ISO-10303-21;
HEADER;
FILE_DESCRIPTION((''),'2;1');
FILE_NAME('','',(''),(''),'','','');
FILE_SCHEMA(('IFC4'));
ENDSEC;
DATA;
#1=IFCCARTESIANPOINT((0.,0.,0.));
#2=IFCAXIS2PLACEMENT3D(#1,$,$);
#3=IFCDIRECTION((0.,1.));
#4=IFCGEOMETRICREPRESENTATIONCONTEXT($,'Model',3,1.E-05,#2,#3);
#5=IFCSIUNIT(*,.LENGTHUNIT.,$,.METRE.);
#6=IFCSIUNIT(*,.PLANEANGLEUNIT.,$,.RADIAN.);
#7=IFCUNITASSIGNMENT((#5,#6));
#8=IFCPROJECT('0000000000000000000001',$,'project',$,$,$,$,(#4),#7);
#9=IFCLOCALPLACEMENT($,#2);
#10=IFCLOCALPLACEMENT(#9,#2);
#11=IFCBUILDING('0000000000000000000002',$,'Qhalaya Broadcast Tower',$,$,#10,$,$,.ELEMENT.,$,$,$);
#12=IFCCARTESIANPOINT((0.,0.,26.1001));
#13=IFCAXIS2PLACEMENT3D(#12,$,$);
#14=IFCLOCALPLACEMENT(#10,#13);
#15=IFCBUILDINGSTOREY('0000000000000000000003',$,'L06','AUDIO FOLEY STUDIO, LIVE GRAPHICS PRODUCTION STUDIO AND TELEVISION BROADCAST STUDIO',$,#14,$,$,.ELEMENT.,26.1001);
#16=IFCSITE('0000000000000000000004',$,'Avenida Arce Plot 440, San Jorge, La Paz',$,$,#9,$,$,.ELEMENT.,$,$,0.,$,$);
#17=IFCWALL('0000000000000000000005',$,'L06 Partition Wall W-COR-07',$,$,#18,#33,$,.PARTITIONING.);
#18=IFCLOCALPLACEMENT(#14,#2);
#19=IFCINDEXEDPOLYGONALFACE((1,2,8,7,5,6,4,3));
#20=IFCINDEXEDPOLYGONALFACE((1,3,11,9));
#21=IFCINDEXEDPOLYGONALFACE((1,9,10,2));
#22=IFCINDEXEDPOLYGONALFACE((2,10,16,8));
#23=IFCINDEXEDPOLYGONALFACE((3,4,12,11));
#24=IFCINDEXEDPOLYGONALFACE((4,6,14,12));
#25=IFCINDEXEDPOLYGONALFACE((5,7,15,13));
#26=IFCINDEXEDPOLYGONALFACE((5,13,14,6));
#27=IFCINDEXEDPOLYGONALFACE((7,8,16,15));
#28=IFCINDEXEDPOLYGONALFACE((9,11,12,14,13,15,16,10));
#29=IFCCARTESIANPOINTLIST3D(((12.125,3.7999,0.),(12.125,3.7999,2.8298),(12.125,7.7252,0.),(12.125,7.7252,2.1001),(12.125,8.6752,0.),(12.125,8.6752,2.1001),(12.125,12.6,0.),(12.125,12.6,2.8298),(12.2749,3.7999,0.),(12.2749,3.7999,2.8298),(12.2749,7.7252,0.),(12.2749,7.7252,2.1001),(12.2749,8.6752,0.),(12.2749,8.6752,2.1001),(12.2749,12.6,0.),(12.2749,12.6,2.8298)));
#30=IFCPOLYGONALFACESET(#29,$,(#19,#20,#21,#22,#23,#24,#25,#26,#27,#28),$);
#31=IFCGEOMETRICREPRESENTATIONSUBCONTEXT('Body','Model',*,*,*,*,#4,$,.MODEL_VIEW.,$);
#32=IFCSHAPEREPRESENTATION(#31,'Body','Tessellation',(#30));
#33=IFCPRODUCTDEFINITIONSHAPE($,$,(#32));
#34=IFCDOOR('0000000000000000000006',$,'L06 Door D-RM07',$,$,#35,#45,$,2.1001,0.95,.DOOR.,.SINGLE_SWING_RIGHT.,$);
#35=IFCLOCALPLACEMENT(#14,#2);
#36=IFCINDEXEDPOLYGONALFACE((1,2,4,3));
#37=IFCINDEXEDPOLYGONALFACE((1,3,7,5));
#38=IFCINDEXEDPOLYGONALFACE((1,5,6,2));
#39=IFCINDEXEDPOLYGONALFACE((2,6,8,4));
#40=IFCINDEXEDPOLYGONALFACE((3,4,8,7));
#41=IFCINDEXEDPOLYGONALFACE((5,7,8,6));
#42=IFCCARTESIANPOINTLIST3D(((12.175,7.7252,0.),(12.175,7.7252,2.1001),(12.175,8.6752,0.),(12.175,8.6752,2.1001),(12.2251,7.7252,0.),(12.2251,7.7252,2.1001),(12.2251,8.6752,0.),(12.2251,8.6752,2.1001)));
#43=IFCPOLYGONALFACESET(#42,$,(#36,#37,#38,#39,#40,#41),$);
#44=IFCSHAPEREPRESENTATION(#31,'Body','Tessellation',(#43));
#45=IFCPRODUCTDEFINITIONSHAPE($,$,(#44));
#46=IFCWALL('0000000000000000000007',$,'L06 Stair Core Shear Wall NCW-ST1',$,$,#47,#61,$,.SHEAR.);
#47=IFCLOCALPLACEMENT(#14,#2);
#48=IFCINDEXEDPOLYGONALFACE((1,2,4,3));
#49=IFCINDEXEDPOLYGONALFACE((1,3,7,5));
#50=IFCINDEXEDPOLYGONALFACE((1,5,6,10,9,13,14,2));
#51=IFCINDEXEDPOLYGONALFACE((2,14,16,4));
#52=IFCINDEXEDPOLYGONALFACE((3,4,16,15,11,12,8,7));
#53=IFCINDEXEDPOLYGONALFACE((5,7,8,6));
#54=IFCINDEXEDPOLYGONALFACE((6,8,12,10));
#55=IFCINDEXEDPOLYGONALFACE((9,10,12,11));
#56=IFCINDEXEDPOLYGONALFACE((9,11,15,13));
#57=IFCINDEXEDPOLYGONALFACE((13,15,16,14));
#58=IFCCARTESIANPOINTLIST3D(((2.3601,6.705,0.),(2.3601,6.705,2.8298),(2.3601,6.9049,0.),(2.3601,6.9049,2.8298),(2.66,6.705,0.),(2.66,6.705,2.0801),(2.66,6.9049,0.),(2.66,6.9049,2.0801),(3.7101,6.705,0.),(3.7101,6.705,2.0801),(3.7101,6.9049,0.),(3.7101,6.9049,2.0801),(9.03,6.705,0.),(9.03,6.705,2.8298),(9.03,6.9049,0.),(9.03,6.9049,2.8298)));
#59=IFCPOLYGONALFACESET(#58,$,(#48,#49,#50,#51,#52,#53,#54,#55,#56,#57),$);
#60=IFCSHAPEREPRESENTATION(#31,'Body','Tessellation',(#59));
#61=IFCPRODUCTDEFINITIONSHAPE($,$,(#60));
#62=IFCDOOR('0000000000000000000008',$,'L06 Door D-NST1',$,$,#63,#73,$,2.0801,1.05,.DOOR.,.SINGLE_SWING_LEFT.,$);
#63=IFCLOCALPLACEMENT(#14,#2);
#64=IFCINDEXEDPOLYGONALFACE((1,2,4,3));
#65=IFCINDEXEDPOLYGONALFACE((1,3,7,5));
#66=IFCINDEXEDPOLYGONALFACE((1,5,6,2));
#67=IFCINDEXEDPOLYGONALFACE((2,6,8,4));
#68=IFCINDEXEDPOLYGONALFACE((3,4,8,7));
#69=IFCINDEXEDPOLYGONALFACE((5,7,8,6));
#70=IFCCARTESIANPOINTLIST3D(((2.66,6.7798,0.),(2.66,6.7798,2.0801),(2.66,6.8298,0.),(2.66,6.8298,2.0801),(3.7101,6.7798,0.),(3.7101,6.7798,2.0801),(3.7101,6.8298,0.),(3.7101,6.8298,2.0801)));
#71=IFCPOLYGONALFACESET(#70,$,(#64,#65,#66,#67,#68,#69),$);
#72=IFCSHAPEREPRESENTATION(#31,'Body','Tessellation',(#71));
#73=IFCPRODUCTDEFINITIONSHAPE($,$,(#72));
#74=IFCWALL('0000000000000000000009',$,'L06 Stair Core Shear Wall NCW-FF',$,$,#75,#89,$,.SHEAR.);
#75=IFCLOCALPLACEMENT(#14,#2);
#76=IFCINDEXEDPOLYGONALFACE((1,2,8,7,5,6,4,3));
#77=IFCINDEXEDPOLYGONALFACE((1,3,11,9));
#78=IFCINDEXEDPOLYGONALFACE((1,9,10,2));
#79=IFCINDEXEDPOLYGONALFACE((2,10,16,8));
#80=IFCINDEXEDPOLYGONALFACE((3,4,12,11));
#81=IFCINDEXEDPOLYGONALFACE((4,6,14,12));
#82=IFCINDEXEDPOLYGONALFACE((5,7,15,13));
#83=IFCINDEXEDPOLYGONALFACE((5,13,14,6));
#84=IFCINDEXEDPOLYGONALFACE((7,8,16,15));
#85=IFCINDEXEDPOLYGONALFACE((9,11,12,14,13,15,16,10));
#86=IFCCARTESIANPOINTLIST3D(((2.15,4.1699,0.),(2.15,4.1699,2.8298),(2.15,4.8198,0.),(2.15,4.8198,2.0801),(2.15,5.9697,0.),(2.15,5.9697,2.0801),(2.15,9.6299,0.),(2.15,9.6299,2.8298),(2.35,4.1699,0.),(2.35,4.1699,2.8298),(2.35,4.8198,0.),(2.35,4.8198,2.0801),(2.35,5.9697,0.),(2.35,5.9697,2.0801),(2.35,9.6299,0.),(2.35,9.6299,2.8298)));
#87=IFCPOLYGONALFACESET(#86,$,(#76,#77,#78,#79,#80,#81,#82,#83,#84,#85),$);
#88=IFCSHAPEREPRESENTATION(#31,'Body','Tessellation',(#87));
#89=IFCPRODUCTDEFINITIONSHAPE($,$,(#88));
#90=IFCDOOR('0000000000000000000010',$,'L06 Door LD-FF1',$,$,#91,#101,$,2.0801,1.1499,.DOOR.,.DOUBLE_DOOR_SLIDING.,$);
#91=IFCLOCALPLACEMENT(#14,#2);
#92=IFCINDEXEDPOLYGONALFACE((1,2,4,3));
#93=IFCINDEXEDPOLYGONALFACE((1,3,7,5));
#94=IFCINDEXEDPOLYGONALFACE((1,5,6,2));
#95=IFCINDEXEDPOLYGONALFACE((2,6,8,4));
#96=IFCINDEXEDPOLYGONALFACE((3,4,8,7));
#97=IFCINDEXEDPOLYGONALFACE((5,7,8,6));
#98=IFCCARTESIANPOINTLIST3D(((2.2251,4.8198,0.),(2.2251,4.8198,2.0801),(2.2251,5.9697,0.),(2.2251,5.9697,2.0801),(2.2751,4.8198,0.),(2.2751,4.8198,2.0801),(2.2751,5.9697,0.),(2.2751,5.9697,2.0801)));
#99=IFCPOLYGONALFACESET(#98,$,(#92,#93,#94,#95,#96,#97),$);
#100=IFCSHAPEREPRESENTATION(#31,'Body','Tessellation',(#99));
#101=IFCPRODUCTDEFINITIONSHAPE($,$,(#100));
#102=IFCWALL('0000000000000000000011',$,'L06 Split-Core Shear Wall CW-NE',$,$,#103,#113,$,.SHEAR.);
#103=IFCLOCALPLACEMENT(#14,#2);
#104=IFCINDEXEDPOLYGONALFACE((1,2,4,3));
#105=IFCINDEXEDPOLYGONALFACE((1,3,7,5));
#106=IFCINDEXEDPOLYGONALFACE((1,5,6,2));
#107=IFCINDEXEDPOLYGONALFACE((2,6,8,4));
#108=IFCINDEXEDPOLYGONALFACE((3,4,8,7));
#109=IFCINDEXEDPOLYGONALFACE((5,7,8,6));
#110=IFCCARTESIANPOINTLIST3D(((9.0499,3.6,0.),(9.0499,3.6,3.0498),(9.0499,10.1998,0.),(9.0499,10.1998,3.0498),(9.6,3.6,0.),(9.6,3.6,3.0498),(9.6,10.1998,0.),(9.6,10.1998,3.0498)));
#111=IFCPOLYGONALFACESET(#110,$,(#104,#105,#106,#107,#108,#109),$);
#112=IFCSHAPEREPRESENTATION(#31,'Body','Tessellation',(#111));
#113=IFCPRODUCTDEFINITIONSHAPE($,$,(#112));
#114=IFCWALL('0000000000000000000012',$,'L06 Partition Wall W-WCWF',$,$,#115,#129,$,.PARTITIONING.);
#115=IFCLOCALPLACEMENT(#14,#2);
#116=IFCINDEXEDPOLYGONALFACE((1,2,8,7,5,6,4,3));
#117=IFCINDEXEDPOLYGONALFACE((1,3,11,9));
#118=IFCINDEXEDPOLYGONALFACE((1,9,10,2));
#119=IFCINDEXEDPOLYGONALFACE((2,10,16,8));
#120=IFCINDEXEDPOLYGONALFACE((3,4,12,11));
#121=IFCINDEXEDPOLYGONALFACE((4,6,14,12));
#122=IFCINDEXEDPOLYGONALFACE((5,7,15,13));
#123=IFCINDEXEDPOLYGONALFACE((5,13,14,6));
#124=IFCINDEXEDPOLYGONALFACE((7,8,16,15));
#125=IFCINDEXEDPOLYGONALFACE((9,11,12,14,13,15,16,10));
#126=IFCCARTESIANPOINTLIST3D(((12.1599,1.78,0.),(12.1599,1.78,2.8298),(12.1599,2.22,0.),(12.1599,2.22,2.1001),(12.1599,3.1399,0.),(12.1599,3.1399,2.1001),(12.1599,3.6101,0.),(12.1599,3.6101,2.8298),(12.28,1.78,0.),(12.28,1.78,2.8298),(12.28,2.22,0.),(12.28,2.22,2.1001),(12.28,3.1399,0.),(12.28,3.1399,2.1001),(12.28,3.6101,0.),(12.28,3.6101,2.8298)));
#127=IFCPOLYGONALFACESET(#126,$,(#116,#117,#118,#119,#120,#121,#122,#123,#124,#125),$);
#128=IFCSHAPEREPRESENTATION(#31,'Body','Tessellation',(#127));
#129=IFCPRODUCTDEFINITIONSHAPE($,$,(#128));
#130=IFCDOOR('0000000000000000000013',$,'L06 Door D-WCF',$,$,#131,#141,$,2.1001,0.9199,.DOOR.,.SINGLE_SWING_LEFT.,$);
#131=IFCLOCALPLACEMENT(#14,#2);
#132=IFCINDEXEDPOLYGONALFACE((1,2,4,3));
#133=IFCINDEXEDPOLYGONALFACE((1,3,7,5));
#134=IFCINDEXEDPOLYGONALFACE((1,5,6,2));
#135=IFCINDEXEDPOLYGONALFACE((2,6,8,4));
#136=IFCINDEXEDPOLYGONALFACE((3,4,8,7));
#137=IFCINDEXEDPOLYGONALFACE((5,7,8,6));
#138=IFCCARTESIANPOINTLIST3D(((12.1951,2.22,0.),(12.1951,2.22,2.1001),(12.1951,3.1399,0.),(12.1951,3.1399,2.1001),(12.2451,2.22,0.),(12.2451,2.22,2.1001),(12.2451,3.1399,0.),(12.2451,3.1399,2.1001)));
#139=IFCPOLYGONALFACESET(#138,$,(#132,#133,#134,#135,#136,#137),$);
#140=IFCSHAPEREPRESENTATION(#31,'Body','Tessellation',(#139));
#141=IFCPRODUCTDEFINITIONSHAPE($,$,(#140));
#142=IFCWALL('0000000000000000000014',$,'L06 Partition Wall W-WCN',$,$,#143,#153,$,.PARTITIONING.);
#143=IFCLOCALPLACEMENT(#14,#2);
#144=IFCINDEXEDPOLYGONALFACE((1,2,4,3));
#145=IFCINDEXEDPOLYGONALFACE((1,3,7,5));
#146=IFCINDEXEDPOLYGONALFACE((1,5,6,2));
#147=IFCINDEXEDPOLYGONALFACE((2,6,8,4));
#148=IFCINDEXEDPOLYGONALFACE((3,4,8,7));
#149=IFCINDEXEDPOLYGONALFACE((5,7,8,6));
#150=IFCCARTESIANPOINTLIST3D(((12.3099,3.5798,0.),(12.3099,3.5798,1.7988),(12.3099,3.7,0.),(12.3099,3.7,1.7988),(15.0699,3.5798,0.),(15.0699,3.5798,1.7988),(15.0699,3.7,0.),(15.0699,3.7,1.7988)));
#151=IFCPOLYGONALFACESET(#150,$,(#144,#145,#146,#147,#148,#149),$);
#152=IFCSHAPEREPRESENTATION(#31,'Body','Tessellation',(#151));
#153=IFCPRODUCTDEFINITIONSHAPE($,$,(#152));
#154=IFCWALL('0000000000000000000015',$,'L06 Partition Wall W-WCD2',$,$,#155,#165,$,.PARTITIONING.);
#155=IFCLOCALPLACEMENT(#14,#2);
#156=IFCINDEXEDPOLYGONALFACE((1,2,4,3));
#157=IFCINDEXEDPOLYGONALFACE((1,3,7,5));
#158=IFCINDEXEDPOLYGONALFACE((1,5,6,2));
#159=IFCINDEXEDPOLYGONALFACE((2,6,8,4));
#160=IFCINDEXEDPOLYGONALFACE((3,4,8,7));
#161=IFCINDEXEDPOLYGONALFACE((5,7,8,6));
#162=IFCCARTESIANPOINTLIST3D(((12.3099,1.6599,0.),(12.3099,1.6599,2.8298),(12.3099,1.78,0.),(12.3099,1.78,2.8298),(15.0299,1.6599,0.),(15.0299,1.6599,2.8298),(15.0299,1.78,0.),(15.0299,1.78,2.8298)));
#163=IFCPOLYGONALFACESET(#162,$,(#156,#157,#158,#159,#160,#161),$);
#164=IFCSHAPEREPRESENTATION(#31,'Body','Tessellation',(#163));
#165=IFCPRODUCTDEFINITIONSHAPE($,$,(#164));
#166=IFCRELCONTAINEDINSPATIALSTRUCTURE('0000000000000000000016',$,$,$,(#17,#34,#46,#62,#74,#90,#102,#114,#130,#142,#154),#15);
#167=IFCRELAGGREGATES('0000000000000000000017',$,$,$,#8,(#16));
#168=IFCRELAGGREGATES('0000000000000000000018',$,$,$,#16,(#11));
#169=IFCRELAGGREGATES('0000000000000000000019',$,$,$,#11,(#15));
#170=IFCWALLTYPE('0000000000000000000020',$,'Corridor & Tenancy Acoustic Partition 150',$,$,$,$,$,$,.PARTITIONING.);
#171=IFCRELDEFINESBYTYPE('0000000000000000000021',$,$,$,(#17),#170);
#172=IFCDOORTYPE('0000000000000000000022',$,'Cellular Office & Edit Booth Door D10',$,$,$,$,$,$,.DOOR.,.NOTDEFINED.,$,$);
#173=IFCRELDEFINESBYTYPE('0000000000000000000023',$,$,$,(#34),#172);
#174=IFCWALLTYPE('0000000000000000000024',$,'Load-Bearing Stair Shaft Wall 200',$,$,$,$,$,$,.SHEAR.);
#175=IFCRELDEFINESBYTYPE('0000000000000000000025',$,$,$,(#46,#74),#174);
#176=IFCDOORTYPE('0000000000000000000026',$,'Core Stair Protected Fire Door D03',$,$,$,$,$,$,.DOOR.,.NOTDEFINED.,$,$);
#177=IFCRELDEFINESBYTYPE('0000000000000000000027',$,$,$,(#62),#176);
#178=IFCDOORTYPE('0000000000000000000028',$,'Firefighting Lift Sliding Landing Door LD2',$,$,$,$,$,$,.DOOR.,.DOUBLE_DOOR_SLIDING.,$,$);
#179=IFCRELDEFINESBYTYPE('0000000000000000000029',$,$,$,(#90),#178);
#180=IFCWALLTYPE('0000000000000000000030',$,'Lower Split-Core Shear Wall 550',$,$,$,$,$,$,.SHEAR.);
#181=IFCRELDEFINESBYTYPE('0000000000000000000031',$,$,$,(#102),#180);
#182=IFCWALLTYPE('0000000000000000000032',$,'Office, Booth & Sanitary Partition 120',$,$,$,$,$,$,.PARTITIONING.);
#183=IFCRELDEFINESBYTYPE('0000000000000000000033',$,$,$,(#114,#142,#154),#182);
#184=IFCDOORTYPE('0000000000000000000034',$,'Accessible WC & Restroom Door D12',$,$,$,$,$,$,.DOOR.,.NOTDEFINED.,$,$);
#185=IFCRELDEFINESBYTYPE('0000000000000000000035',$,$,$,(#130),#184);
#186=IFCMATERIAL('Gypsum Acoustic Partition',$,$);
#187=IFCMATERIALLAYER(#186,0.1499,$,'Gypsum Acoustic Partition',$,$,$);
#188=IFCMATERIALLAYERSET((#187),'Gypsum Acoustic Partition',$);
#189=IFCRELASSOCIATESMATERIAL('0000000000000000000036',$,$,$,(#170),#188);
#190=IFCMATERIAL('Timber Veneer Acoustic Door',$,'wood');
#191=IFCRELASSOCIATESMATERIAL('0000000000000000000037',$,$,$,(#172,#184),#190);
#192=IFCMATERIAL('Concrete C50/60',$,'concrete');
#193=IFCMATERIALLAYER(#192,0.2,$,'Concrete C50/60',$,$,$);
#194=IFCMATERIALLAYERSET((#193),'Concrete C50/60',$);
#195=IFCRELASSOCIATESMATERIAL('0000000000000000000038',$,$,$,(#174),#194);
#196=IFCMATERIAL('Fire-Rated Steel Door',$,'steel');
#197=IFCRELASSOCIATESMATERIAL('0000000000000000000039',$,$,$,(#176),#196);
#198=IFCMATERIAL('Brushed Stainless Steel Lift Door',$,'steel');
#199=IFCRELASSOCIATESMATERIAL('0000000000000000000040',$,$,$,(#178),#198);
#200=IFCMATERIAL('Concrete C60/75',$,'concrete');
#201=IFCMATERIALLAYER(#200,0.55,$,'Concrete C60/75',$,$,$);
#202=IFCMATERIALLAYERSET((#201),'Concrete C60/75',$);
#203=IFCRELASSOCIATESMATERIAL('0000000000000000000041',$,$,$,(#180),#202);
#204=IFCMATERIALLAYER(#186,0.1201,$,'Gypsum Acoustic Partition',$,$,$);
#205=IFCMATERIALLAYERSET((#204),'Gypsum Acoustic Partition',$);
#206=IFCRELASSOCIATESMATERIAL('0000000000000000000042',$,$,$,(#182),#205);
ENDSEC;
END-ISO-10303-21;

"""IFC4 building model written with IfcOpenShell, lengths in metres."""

from ifc_helpers import new_model, si_unit, direction, frame, frame_2d, origin, place, context, subcontext, project, spatial, rectangle, extrude, material, layer, layer_set, type_object, element, fill, save


model = new_model("IFC4")

# Units and contexts
model_context = context("Model", 3, precision=1e-05, world=origin(), true_north=direction((0.0, 1.0)))
body_context = subcontext(model_context, "Body", "Model", "MODEL_VIEW")
ifc_project = project(units=[si_unit("LENGTHUNIT", "METRE"), si_unit("PLANEANGLEUNIT", "RADIAN")], contexts=[model_context])

# Site, building, storey
site_placement = place(None, origin())
site = spatial("IfcSite", under=ifc_project, at=site_placement, Name="Avenida Arce Plot 440, San Jorge, La Paz", CompositionType="ELEMENT", RefElevation=0.0)
building_placement = place(site_placement, origin())
building = spatial("IfcBuilding", under=site, at=building_placement, Name="Qhalaya Broadcast Tower", CompositionType="ELEMENT")
storey_placement = place(building_placement, frame((0.0, 0.0, 26.1001)))
storey = spatial("IfcBuildingStorey", under=building, at=storey_placement, Name="L06", Description="AUDIO FOLEY STUDIO, LIVE GRAPHICS PRODUCTION STUDIO AND TELEVISION BROADCAST STUDIO", CompositionType="ELEMENT", Elevation=26.1001)

# Shared definitions
ifc_material_1 = material(Name="Concrete C50/60", Category="concrete")

# Walls, openings, doors
ifc_material_2 = material(Name="Gypsum Acoustic Partition")
ifc_layer_1 = layer(ifc_material_2, 0.1499, Name="Gypsum Acoustic Partition")
ifc_layer_set_1 = layer_set([ifc_layer_1], Name="Gypsum Acoustic Partition")
wall_type_1 = type_object("IfcWallType", Name="Corridor & Tenancy Acoustic Partition 150", PredefinedType="PARTITIONING", material=ifc_layer_set_1)
wall_1_placement = place(storey_placement, frame((12.2, 3.8, 0.0), z_axis=(0.0, 0.0, 1.0), x_axis=(0.0, 1.0, 0.0)))
wall_1 = element("IfcWall", 1, at=wall_1_placement, inside=storey, type_object=wall_type_1, Name="L06 Partition Wall W-COR-07", PredefinedType="PARTITIONING", context=body_context, shape_type="SweptSolid", body=[
    extrude(rectangle(XDim=8.8, YDim=0.1499, at=frame_2d((4.3999, 0.0))), origin(), (0.0, 0.0, 1.0), 2.8298),
])
opening_1_placement = place(wall_1_placement, frame((3.925, 0.0, 0.0)))
opening_1 = element("IfcOpeningElement", 2, at=opening_1_placement, cuts=wall_1, PredefinedType="OPENING", context=body_context, shape_type="SweptSolid", body=[
    extrude(rectangle(XDim=0.95, YDim=2.1001, at=frame_2d((0.4751, 1.05))), frame((0.0, 0.0869, 0.0), z_axis=(0.0, -1.0, 0.0), x_axis=(1.0, 0.0, 0.0)), (0.0, 0.0, 1.0), 0.1738),
])
ifc_material_3 = material(Name="Timber Veneer Acoustic Door", Category="wood")
door_type_1 = type_object("IfcDoorType", Name="Cellular Office & Edit Booth Door D10", OperationType="NOTDEFINED", PredefinedType="DOOR", material=ifc_material_3)
door_1_placement = place(opening_1_placement, origin())
door_1 = element("IfcDoor", 3, at=door_1_placement, inside=storey, type_object=door_type_1, Name="L06 Door D-RM07", OperationType="SINGLE_SWING_RIGHT", OverallHeight=2.1001, OverallWidth=0.95, PredefinedType="DOOR", context=body_context, shape_type="SweptSolid", body=[
    extrude(rectangle(XDim=0.95, YDim=2.1001, at=frame_2d((0.4751, 1.05))), frame((0.0, 0.0249, 0.0), z_axis=(0.0, -1.0, 0.0), x_axis=(1.0, 0.0, 0.0)), (0.0, 0.0, 1.0), 0.05),
])
fill(opening_1, door_1)
ifc_layer_2 = layer(ifc_material_1, 0.2, Name="Concrete C50/60")
ifc_layer_set_2 = layer_set([ifc_layer_2], Name="Concrete C50/60")
wall_type_2 = type_object("IfcWallType", Name="Load-Bearing Stair Shaft Wall 200", PredefinedType="SHEAR", material=ifc_layer_set_2)
wall_2_placement = place(storey_placement, frame((2.3601, 6.8049, 0.0), z_axis=(0.0, 0.0, 1.0), x_axis=(1.0, 0.0, 0.0)))
wall_2 = element("IfcWall", 4, at=wall_2_placement, inside=storey, type_object=wall_type_2, Name="L06 Stair Core Shear Wall NCW-ST1", PredefinedType="SHEAR", context=body_context, shape_type="SweptSolid", body=[
    extrude(rectangle(XDim=6.6699, YDim=0.2, at=frame_2d((3.335, 0.0))), origin(), (0.0, 0.0, 1.0), 2.8298),
])
opening_2_placement = place(wall_2_placement, frame((0.3, 0.0, 0.0)))
opening_2 = element("IfcOpeningElement", 5, at=opening_2_placement, cuts=wall_2, PredefinedType="OPENING", context=body_context, shape_type="SweptSolid", body=[
    extrude(rectangle(XDim=1.05, YDim=2.0801, at=frame_2d((0.5249, 1.04))), frame((0.0, 0.1121, 0.0), z_axis=(0.0, -1.0, 0.0), x_axis=(1.0, 0.0, 0.0)), (0.0, 0.0, 1.0), 0.2239),
])
ifc_material_4 = material(Name="Fire-Rated Steel Door", Category="steel")
door_type_2 = type_object("IfcDoorType", Name="Core Stair Protected Fire Door D03", OperationType="NOTDEFINED", PredefinedType="DOOR", material=ifc_material_4)
door_2_placement = place(opening_2_placement, origin())
door_2 = element("IfcDoor", 6, at=door_2_placement, inside=storey, type_object=door_type_2, Name="L06 Door D-NST1", OperationType="SINGLE_SWING_LEFT", OverallHeight=2.0801, OverallWidth=1.05, PredefinedType="DOOR", context=body_context, shape_type="SweptSolid", body=[
    extrude(rectangle(XDim=1.05, YDim=2.0801, at=frame_2d((0.5249, 1.04))), frame((0.0, 0.0249, 0.0), z_axis=(0.0, -1.0, 0.0), x_axis=(1.0, 0.0, 0.0)), (0.0, 0.0, 1.0), 0.05),
])
fill(opening_2, door_2)
wall_3_placement = place(storey_placement, frame((2.25, 4.1699, 0.0), z_axis=(0.0, 0.0, 1.0), x_axis=(0.0, 1.0, 0.0)))
wall_3 = element("IfcWall", 7, at=wall_3_placement, inside=storey, type_object=wall_type_2, Name="L06 Stair Core Shear Wall NCW-FF", PredefinedType="SHEAR", context=body_context, shape_type="SweptSolid", body=[
    extrude(rectangle(XDim=5.46, YDim=0.2, at=frame_2d((2.73, 0.0))), origin(), (0.0, 0.0, 1.0), 2.8298),
])
opening_3_placement = place(wall_3_placement, frame((0.6499, 0.0, 0.0)))
opening_3 = element("IfcOpeningElement", 8, at=opening_3_placement, cuts=wall_3, PredefinedType="OPENING", context=body_context, shape_type="SweptSolid", body=[
    extrude(rectangle(XDim=1.1499, YDim=2.0801, at=frame_2d((0.575, 1.04))), frame((0.0, 0.1121, 0.0), z_axis=(0.0, -1.0, 0.0), x_axis=(1.0, 0.0, 0.0)), (0.0, 0.0, 1.0), 0.2239),
])
ifc_material_5 = material(Name="Brushed Stainless Steel Lift Door", Category="steel")
door_type_3 = type_object("IfcDoorType", Name="Firefighting Lift Sliding Landing Door LD2", OperationType="DOUBLE_DOOR_SLIDING", PredefinedType="DOOR", material=ifc_material_5)
door_3_placement = place(opening_3_placement, origin())
door_3 = element("IfcDoor", 9, at=door_3_placement, inside=storey, type_object=door_type_3, Name="L06 Door LD-FF1", OperationType="DOUBLE_DOOR_SLIDING", OverallHeight=2.0801, OverallWidth=1.1499, PredefinedType="DOOR", context=body_context, shape_type="SweptSolid", body=[
    extrude(rectangle(XDim=1.1499, YDim=2.0801, at=frame_2d((0.575, 1.04))), frame((0.0, 0.0249, 0.0), z_axis=(0.0, -1.0, 0.0), x_axis=(1.0, 0.0, 0.0)), (0.0, 0.0, 1.0), 0.05),
])
fill(opening_3, door_3)

# Wall
ifc_material_6 = material(Name="Concrete C60/75", Category="concrete")
ifc_layer_3 = layer(ifc_material_6, 0.55, Name="Concrete C60/75")
ifc_layer_set_3 = layer_set([ifc_layer_3], Name="Concrete C60/75")
wall_type_3 = type_object("IfcWallType", Name="Lower Split-Core Shear Wall 550", PredefinedType="SHEAR", material=ifc_layer_set_3)
wall_4_placement = place(storey_placement, frame((9.325, 3.6001, 0.0), z_axis=(0.0, 0.0, 1.0), x_axis=(0.0, 1.0, 0.0)))
element("IfcWall", 10, at=wall_4_placement, inside=storey, type_object=wall_type_3, Name="L06 Split-Core Shear Wall CW-NE", PredefinedType="SHEAR", context=body_context, shape_type="SweptSolid", body=[
    extrude(rectangle(XDim=6.5999, YDim=0.55, at=frame_2d((3.2998, 0.0))), origin(), (0.0, 0.0, 1.0), 3.0498),
])

# Wall, opening, door
ifc_layer_4 = layer(ifc_material_2, 0.1201, Name="Gypsum Acoustic Partition")
ifc_layer_set_4 = layer_set([ifc_layer_4], Name="Gypsum Acoustic Partition")
wall_type_4 = type_object("IfcWallType", Name="Office, Booth & Sanitary Partition 120", PredefinedType="PARTITIONING", material=ifc_layer_set_4)
wall_5_placement = place(storey_placement, frame((12.22, 1.78, 0.0), z_axis=(0.0, 0.0, 1.0), x_axis=(0.0, 1.0, 0.0)))
wall_5 = element("IfcWall", 11, at=wall_5_placement, inside=storey, type_object=wall_type_4, Name="L06 Partition Wall W-WCWF", PredefinedType="PARTITIONING", context=body_context, shape_type="SweptSolid", body=[
    extrude(rectangle(XDim=1.8301, YDim=0.1201, at=frame_2d((0.915, 0.0))), origin(), (0.0, 0.0, 1.0), 2.8298),
])
opening_4_placement = place(wall_5_placement, frame((0.4399, 0.0, 0.0)))
opening_4 = element("IfcOpeningElement", 12, at=opening_4_placement, cuts=wall_5, PredefinedType="OPENING", context=body_context, shape_type="SweptSolid", body=[
    extrude(rectangle(XDim=0.9199, YDim=2.1001, at=frame_2d((0.46, 1.05))), frame((0.0, 0.072, 0.0), z_axis=(0.0, -1.0, 0.0), x_axis=(1.0, 0.0, 0.0)), (0.0, 0.0, 1.0), 0.144),
])
door_type_4 = type_object("IfcDoorType", Name="Accessible WC & Restroom Door D12", OperationType="NOTDEFINED", PredefinedType="DOOR", material=ifc_material_3)
door_4_placement = place(opening_4_placement, origin())
door_4 = element("IfcDoor", 13, at=door_4_placement, inside=storey, type_object=door_type_4, Name="L06 Door D-WCF", OperationType="SINGLE_SWING_LEFT", OverallHeight=2.1001, OverallWidth=0.9199, PredefinedType="DOOR", context=body_context, shape_type="SweptSolid", body=[
    extrude(rectangle(XDim=0.9199, YDim=2.1001, at=frame_2d((0.46, 1.05))), frame((0.0, 0.0249, 0.0), z_axis=(0.0, -1.0, 0.0), x_axis=(1.0, 0.0, 0.0)), (0.0, 0.0, 1.0), 0.05),
])
fill(opening_4, door_4)

# Walls
wall_6_placement = place(storey_placement, frame((12.3101, 3.6399, 0.0), z_axis=(0.0, 0.0, 1.0), x_axis=(1.0, 0.0, 0.0)))
element("IfcWall", 14, at=wall_6_placement, inside=storey, type_object=wall_type_4, Name="L06 Partition Wall W-WCN", PredefinedType="PARTITIONING", context=body_context, shape_type="SweptSolid", body=[
    extrude(rectangle(XDim=2.76, YDim=0.1201, at=frame_2d((1.3799, 0.0))), origin(), (0.0, 0.0, 1.0), 1.7988),
])
wall_7_placement = place(storey_placement, frame((12.3101, 1.72, 0.0), z_axis=(0.0, 0.0, 1.0), x_axis=(1.0, 0.0, 0.0)))
element("IfcWall", 15, at=wall_7_placement, inside=storey, type_object=wall_type_4, Name="L06 Partition Wall W-WCD2", PredefinedType="PARTITIONING", context=body_context, shape_type="SweptSolid", body=[
    extrude(rectangle(XDim=2.72, YDim=0.1201, at=frame_2d((1.3599, 0.0))), origin(), (0.0, 0.0, 1.0), 2.8298),
])

save(model, "model.ifc")
